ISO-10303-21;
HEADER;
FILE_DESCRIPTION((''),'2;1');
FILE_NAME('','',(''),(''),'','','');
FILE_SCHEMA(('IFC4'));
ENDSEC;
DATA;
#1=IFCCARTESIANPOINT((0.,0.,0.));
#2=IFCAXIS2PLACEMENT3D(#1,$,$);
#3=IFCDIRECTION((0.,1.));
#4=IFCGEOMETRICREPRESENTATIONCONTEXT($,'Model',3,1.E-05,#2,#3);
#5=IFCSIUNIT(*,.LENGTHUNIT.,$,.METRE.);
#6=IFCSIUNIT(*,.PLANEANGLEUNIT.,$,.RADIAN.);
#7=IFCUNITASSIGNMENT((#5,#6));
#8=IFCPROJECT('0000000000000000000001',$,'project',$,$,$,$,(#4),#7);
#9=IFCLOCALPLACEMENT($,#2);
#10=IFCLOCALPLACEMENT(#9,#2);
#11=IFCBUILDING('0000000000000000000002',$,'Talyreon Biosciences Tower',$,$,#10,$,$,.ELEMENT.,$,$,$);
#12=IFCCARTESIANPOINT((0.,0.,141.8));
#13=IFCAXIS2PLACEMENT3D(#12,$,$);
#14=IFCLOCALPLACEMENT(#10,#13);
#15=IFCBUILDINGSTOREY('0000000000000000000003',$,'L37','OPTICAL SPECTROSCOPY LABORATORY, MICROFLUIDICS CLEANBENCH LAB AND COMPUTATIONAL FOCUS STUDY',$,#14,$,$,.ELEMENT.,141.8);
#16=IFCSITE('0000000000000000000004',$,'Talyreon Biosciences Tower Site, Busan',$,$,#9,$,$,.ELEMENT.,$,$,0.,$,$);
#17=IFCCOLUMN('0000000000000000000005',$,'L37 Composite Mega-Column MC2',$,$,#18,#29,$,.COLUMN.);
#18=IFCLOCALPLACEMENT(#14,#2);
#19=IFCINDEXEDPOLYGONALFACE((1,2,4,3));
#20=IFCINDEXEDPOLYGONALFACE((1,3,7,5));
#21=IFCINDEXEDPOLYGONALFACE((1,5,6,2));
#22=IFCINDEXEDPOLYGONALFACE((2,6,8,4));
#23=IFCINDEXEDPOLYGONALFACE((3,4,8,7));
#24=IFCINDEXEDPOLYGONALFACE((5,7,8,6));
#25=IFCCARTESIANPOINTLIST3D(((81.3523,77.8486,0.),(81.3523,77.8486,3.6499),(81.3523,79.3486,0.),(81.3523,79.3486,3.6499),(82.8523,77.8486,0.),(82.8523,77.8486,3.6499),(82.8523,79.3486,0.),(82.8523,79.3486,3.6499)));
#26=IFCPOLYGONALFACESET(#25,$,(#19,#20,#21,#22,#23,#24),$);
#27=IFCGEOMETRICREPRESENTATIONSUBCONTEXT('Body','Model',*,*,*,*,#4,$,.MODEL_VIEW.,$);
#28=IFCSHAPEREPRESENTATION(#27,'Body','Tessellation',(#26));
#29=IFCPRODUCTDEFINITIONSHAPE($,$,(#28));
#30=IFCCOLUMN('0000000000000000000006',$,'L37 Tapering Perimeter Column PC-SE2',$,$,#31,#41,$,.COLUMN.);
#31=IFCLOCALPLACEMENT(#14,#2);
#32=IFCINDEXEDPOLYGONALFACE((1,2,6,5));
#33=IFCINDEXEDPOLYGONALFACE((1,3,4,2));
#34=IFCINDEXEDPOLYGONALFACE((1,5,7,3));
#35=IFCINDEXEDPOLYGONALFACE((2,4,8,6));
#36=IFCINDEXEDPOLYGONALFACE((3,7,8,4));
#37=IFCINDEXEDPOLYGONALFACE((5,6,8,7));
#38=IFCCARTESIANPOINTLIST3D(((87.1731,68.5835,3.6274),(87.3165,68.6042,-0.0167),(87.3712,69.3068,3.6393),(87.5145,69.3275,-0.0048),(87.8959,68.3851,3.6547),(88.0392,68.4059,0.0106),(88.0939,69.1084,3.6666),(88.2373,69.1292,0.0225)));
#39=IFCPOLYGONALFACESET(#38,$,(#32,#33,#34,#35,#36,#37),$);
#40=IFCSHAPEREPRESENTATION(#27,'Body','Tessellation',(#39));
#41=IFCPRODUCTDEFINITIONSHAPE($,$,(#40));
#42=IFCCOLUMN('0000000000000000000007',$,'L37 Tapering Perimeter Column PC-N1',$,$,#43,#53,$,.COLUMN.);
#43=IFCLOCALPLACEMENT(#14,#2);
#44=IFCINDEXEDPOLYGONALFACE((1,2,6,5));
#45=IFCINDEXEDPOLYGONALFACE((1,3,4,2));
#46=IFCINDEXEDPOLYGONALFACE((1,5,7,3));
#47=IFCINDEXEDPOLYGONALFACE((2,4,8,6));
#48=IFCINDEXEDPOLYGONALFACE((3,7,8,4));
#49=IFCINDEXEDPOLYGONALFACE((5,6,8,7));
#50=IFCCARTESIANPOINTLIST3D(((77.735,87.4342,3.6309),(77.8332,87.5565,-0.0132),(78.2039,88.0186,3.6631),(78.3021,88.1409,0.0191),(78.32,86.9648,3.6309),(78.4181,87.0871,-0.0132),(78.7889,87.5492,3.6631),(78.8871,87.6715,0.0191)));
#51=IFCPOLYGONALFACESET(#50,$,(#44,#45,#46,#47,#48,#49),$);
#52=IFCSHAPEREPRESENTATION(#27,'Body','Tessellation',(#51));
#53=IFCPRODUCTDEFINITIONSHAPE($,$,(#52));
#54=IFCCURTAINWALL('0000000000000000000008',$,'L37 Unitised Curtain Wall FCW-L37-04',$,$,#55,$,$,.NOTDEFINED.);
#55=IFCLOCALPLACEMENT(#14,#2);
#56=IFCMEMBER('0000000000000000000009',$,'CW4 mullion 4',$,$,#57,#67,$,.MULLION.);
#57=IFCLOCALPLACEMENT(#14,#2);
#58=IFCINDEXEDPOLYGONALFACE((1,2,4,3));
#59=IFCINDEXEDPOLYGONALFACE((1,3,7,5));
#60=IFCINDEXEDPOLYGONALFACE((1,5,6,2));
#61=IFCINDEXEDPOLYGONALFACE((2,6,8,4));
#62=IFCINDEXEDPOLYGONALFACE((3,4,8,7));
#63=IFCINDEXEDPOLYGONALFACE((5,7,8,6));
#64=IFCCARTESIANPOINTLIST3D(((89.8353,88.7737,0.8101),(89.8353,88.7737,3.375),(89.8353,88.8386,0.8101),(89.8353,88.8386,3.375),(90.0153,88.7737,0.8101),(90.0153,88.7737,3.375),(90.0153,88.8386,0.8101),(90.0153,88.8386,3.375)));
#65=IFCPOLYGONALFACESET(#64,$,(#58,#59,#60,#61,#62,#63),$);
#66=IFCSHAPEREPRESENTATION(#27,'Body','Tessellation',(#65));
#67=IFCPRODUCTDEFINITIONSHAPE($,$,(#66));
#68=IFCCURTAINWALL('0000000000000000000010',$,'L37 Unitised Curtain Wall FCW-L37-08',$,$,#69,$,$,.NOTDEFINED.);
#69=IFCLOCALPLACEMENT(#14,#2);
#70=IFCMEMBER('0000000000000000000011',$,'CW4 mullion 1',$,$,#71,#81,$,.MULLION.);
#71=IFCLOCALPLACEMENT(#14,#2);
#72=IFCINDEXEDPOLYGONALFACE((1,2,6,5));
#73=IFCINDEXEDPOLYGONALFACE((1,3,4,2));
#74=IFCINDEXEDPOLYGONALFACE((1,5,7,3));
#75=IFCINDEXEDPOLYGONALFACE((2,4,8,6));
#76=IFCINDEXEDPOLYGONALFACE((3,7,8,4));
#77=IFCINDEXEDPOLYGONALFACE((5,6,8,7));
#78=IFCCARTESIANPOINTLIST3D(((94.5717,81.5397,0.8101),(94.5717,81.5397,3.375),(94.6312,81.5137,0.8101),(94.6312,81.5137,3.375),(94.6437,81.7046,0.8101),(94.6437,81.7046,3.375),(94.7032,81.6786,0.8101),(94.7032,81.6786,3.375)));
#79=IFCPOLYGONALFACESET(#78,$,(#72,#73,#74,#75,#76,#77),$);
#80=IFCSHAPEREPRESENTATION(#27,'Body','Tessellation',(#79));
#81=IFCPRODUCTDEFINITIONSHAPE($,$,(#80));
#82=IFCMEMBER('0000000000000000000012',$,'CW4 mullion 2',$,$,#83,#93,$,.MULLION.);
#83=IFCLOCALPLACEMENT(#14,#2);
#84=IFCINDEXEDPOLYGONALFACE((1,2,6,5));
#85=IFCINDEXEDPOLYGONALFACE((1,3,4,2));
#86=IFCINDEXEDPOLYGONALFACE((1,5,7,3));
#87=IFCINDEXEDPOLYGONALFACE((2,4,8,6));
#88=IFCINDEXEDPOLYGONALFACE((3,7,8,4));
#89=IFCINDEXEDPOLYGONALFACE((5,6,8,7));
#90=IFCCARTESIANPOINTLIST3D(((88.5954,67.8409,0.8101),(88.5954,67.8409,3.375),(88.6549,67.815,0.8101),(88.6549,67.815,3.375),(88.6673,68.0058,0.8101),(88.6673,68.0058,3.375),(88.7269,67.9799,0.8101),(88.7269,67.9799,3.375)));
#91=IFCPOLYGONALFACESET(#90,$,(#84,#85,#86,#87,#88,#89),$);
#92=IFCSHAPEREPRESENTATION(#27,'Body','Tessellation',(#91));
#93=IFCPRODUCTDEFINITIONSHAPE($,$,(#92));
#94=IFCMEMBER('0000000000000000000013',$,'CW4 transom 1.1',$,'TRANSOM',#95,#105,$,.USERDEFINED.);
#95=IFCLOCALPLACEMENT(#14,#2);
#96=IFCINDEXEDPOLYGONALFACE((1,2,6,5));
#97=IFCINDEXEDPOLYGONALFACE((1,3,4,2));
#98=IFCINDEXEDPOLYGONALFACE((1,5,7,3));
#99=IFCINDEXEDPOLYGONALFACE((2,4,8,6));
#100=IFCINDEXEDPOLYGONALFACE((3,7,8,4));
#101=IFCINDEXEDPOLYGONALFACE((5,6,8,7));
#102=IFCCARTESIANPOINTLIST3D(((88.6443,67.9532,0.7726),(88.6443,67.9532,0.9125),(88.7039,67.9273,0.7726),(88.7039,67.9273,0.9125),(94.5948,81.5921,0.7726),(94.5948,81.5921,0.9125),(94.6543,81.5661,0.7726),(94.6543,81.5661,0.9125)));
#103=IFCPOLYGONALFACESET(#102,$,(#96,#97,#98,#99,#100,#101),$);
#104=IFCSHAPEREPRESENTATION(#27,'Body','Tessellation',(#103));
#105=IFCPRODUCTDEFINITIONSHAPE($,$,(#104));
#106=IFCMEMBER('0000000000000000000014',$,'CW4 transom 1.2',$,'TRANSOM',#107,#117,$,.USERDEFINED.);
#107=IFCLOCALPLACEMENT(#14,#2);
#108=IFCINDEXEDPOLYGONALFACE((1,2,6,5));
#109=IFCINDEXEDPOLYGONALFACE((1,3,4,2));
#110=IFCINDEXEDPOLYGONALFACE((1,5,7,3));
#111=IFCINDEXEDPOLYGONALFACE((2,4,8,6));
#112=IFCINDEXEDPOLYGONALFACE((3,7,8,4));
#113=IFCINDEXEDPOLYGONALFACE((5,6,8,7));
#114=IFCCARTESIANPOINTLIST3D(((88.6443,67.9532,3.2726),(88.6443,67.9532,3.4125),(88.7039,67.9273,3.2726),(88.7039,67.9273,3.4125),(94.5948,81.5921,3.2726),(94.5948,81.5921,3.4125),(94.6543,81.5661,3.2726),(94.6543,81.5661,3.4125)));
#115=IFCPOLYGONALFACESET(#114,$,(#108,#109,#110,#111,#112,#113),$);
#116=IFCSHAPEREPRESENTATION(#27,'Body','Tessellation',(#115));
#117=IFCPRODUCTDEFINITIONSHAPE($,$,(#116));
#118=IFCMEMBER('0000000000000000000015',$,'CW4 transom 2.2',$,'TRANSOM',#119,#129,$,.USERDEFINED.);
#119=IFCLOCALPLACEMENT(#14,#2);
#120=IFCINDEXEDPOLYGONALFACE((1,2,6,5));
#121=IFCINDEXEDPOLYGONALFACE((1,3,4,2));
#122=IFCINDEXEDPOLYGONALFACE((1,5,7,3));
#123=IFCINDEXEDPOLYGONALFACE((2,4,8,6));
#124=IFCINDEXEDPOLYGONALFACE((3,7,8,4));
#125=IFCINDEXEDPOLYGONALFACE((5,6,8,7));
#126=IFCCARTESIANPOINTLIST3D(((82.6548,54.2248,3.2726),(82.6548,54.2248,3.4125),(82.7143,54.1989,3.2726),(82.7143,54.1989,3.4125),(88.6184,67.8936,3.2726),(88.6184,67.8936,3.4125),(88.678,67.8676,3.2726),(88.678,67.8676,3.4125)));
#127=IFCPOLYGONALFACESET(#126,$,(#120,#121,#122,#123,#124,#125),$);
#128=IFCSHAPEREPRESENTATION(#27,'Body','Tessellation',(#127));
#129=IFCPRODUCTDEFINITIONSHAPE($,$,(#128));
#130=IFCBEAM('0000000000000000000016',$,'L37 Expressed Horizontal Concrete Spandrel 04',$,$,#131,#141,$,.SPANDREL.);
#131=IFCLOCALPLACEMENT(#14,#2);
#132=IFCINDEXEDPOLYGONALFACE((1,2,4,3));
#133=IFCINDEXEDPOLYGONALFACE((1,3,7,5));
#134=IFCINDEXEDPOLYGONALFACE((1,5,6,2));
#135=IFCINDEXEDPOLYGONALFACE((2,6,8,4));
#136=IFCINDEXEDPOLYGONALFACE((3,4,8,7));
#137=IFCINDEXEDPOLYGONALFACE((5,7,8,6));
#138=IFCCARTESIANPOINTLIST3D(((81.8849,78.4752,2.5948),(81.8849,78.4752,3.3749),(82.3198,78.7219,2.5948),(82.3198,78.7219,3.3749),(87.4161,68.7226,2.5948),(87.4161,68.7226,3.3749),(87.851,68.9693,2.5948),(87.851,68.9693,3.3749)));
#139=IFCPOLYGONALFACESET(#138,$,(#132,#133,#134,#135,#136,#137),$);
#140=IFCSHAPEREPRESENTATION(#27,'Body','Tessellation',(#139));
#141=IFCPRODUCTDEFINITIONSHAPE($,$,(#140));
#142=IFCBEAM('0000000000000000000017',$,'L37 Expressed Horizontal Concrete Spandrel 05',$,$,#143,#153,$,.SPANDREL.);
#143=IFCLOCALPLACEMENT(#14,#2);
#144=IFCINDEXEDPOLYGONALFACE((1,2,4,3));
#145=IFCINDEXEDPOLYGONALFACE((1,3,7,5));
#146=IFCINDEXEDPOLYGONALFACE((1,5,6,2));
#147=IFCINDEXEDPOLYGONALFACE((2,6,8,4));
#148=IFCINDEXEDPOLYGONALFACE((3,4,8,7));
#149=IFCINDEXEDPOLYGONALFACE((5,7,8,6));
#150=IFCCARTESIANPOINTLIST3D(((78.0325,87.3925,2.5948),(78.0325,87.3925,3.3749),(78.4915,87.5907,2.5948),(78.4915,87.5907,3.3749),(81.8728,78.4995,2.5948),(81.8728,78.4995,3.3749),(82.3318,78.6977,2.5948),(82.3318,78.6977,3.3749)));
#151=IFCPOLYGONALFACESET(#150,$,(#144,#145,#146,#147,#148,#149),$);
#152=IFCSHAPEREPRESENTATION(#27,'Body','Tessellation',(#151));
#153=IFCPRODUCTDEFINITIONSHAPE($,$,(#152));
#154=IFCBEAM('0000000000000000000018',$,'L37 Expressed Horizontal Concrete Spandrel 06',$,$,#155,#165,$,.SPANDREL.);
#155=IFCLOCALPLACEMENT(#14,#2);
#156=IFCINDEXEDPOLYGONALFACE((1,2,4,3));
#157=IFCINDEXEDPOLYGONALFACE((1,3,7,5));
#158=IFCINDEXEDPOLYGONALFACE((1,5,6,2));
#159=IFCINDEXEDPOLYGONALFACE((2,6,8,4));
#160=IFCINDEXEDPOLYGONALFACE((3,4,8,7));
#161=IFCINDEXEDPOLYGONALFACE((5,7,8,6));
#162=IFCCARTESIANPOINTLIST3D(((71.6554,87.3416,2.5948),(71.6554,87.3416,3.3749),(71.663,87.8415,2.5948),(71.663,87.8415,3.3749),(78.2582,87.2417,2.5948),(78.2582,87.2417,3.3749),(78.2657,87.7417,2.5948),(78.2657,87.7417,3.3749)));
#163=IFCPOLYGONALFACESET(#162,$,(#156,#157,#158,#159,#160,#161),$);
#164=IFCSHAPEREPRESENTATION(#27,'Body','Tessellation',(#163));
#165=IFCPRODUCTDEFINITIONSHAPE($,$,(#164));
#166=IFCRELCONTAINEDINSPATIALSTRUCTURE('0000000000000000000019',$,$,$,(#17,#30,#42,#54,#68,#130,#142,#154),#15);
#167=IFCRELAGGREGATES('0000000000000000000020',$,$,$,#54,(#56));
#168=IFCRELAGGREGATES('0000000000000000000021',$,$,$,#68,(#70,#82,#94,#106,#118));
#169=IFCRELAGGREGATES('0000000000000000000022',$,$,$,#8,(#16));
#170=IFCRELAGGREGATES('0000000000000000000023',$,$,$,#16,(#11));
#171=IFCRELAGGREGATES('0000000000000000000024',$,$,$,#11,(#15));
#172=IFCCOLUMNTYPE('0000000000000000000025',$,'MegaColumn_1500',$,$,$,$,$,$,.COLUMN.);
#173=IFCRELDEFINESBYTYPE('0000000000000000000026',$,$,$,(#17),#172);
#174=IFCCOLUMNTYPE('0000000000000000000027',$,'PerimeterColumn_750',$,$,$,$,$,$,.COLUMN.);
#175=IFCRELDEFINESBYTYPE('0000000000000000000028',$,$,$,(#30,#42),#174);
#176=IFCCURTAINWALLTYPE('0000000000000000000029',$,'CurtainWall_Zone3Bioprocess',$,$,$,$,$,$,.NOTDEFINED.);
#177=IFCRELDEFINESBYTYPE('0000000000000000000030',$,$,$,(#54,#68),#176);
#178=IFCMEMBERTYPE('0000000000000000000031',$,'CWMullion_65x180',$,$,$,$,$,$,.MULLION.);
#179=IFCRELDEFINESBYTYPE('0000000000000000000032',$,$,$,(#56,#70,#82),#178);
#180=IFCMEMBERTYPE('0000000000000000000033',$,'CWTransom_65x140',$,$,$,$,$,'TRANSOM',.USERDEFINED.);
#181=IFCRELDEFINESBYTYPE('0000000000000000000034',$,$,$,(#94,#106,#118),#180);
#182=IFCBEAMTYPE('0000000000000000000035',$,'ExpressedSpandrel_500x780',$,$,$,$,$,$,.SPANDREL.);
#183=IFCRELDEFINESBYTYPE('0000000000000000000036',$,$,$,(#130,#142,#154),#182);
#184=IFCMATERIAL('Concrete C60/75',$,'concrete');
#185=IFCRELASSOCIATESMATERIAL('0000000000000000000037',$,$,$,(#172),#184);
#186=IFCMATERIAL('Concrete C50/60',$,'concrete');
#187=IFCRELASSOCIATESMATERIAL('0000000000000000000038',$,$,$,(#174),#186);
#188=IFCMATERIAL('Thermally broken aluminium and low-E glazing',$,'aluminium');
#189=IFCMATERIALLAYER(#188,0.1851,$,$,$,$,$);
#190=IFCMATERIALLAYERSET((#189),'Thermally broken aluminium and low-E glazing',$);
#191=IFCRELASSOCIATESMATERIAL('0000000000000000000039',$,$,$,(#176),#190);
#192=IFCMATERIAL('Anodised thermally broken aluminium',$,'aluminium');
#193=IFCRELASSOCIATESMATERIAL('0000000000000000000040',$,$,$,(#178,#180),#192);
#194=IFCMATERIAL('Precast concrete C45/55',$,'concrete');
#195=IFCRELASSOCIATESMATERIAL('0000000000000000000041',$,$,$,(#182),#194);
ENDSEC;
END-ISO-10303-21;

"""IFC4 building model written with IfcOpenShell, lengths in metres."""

from ifc_helpers import new_model, si_unit, direction, frame, origin, origin_2d, place, context, subcontext, project, spatial, rectangle, extrude, material, layer, layer_set, material_profile, profile_set, type_object, element, aggregate, save


model = new_model("IFC4")

# Units and contexts
model_context = context("Model", 3, precision=1e-05, world=origin(), true_north=direction((0.0, 1.0)))
body_context = subcontext(model_context, "Body", "Model", "MODEL_VIEW")
ifc_project = project(units=[si_unit("LENGTHUNIT", "METRE"), si_unit("PLANEANGLEUNIT", "RADIAN")], contexts=[model_context])

# Site, building, storey
site_placement = place(None, origin())
site = spatial("IfcSite", under=ifc_project, at=site_placement, Name="Talyreon Biosciences Tower Site, Busan", CompositionType="ELEMENT", RefElevation=0.0)
building_placement = place(site_placement, origin())
building = spatial("IfcBuilding", under=site, at=building_placement, Name="Talyreon Biosciences Tower", CompositionType="ELEMENT")
storey_placement = place(building_placement, frame((0.0, 0.0, 141.8)))
storey = spatial("IfcBuildingStorey", under=building, at=storey_placement, Name="L37", Description="OPTICAL SPECTROSCOPY LABORATORY, MICROFLUIDICS CLEANBENCH LAB AND COMPUTATIONAL FOCUS STUDY", CompositionType="ELEMENT", Elevation=141.8)

# Columns
ifc_material_1 = material(Name="Concrete C60/75", Category="concrete")
ifc_material_profile_1 = material_profile(ifc_material_1, rectangle(XDim=1.5, YDim=1.5, at=origin_2d()), Name="RC 1500x1500")
ifc_profile_set_1 = profile_set([ifc_material_profile_1], Name="Concrete C60/75")
column_type_1 = type_object("IfcColumnType", Name="MegaColumn_1500", PredefinedType="COLUMN", material=ifc_profile_set_1)
column_1_placement = place(storey_placement, frame((82.1023, 78.5986, 0.0), z_axis=(0.0, 0.0, 1.0), x_axis=(1.0, 0.0, 0.0)))
element("IfcColumn", 1, at=column_1_placement, inside=storey, type_object=column_type_1, Name="L37 Composite Mega-Column MC2", PredefinedType="COLUMN", context=body_context, shape_type="SweptSolid", body=[
    extrude(rectangle(XDim=1.5, YDim=1.5, at=origin_2d()), origin(), (0.0, 0.0, 1.0), 3.6499),
])
ifc_material_2 = material(Name="Concrete C50/60", Category="concrete")
ifc_material_profile_2 = material_profile(ifc_material_2, rectangle(XDim=0.75, YDim=0.75, at=origin_2d()), Name="RC 750x750")
ifc_profile_set_2 = profile_set([ifc_material_profile_2], Name="Concrete C50/60")
column_type_2 = type_object("IfcColumnType", Name="PerimeterColumn_750", PredefinedType="COLUMN", material=ifc_profile_set_2)
column_2_placement = place(storey_placement, frame((87.7769, 68.8667, 0.0029), z_axis=(-0.039296, -0.00569, 0.999211), x_axis=(0.963715, -0.264441, 0.036394)))
element("IfcColumn", 2, at=column_2_placement, inside=storey, type_object=column_type_2, Name="L37 Tapering Perimeter Column PC-SE2", PredefinedType="COLUMN", context=body_context, shape_type="SweptSolid", body=[
    extrude(rectangle(XDim=0.75, YDim=0.75, at=origin_2d()), origin(), (0.0, 0.0, 1.0), 3.647),
])
column_3_placement = place(storey_placement, frame((78.3601, 87.614, 0.0029), z_axis=(-0.026908, -0.033535, 0.999075), x_axis=(-0.779957, 0.625834, 0.0)))
element("IfcColumn", 3, at=column_3_placement, inside=storey, type_object=column_type_2, Name="L37 Tapering Perimeter Column PC-N1", PredefinedType="COLUMN", context=body_context, shape_type="SweptSolid", body=[
    extrude(rectangle(XDim=0.75, YDim=0.75, at=origin_2d()), origin(), (0.0, 0.0, 1.0), 3.6475),
])

# Curtain wall, member
ifc_material_3 = material(Name="Thermally broken aluminium and low-E glazing", Category="aluminium")
ifc_layer_1 = layer(ifc_material_3, 0.1851)
ifc_layer_set_1 = layer_set([ifc_layer_1], Name="Thermally broken aluminium and low-E glazing")
curtain_wall_type = type_object("IfcCurtainWallType", Name="CurtainWall_Zone3Bioprocess", PredefinedType="NOTDEFINED", material=ifc_layer_set_1)
curtain_wall_1_placement = place(storey_placement, origin())
curtain_wall_1 = element("IfcCurtainWall", 4, at=curtain_wall_1_placement, inside=storey, type_object=curtain_wall_type, Name="L37 Unitised Curtain Wall FCW-L37-04", PredefinedType="NOTDEFINED")
ifc_material_4 = material(Name="Anodised thermally broken aluminium", Category="aluminium")
ifc_material_profile_3 = material_profile(ifc_material_4, rectangle(XDim=0.0649, YDim=0.1799, at=origin_2d()), Name="ALUM MULLION 65x180")
ifc_profile_set_3 = profile_set([ifc_material_profile_3], Name="Anodised thermally broken aluminium")
member_type_1 = type_object("IfcMemberType", Name="CWMullion_65x180", PredefinedType="MULLION", material=ifc_profile_set_3)
member_1_placement = place(storey_placement, frame((89.9253, 88.8062, 0.8101), z_axis=(0.0, 0.0, 1.0), x_axis=(0.0, 1.0, 0.0)))
member_1 = element("IfcMember", 5, at=member_1_placement, type_object=member_type_1, Name="CW4 mullion 4", PredefinedType="MULLION", context=body_context, shape_type="SweptSolid", body=[
    extrude(rectangle(XDim=0.0649, YDim=0.1799, at=origin_2d()), origin(), (0.0, 0.0, 1.0), 2.5649),
])

# Curtain wall, members
curtain_wall_2_placement = place(storey_placement, origin())
curtain_wall_2 = element("IfcCurtainWall", 6, at=curtain_wall_2_placement, inside=storey, type_object=curtain_wall_type, Name="L37 Unitised Curtain Wall FCW-L37-08", PredefinedType="NOTDEFINED")
member_2_placement = place(storey_placement, frame((94.6375, 81.6091, 0.8101), z_axis=(0.0, 0.0, 1.0), x_axis=(0.916566, -0.399882, 0.0)))
member_2 = element("IfcMember", 7, at=member_2_placement, type_object=member_type_1, Name="CW4 mullion 1", PredefinedType="MULLION", context=body_context, shape_type="SweptSolid", body=[
    extrude(rectangle(XDim=0.0649, YDim=0.1799, at=origin_2d()), origin(), (0.0, 0.0, 1.0), 2.5649),
])
member_3_placement = place(storey_placement, frame((88.6611, 67.9104, 0.8101), z_axis=(0.0, 0.0, 1.0), x_axis=(0.916566, -0.399882, 0.0)))
member_3 = element("IfcMember", 8, at=member_3_placement, type_object=member_type_1, Name="CW4 mullion 2", PredefinedType="MULLION", context=body_context, shape_type="SweptSolid", body=[
    extrude(rectangle(XDim=0.0649, YDim=0.1799, at=origin_2d()), origin(), (0.0, 0.0, 1.0), 2.5649),
])
ifc_material_profile_4 = material_profile(ifc_material_4, rectangle(XDim=0.0649, YDim=0.1399, at=origin_2d()), Name="ALUM TRANSOM 65x140")
ifc_profile_set_4 = profile_set([ifc_material_profile_4], Name="Anodised thermally broken aluminium")
member_type_2 = type_object("IfcMemberType", Name="CWTransom_65x140", ElementType="TRANSOM", PredefinedType="USERDEFINED", material=ifc_profile_set_4)
member_4_placement = place(storey_placement, frame((94.6245, 81.5791, 0.8425), z_axis=(-0.399883, -0.916566, 0.0), x_axis=(0.916566, -0.399883, 0.0)))
member_4 = element("IfcMember", 9, at=member_4_placement, type_object=member_type_2, Name="CW4 transom 1.1", ObjectType="TRANSOM", PredefinedType="USERDEFINED", context=body_context, shape_type="SweptSolid", body=[
    extrude(rectangle(XDim=0.0649, YDim=0.1399, at=origin_2d()), origin(), (0.0, 0.0, 1.0), 14.8804),
])
member_5_placement = place(storey_placement, frame((94.6245, 81.5791, 3.3425), z_axis=(-0.399883, -0.916566, 0.0), x_axis=(0.916566, -0.399883, 0.0)))
member_5 = element("IfcMember", 10, at=member_5_placement, type_object=member_type_2, Name="CW4 transom 1.2", ObjectType="TRANSOM", PredefinedType="USERDEFINED", context=body_context, shape_type="SweptSolid", body=[
    extrude(rectangle(XDim=0.0649, YDim=0.1399, at=origin_2d()), origin(), (0.0, 0.0, 1.0), 14.8804),
])
member_6_placement = place(storey_placement, frame((88.6482, 67.8806, 3.3425), z_axis=(-0.399894, -0.916562, 0.0), x_axis=(0.916562, -0.399894, 0.0)))
member_6 = element("IfcMember", 11, at=member_6_placement, type_object=member_type_2, Name="CW4 transom 2.2", ObjectType="TRANSOM", PredefinedType="USERDEFINED", context=body_context, shape_type="SweptSolid", body=[
    extrude(rectangle(XDim=0.0649, YDim=0.1399, at=origin_2d()), origin(), (0.0, 0.0, 1.0), 14.9131),
])

# Beams
ifc_material_5 = material(Name="Precast concrete C45/55", Category="concrete")
ifc_material_profile_5 = material_profile(ifc_material_5, rectangle(XDim=0.5, YDim=0.78, at=origin_2d()), Name="RCB 500x780")
ifc_profile_set_5 = profile_set([ifc_material_profile_5], Name="Precast concrete C45/55")
beam_type_1 = type_object("IfcBeamType", Name="ExpressedSpandrel_500x780", PredefinedType="SPANDREL", material=ifc_profile_set_5)
beam_1_placement = place(storey_placement, frame((87.6335, 68.8459, 2.9849), z_axis=(-0.493332, 0.869841, 0.0), x_axis=(-0.869841, -0.493332, 0.0)))
element("IfcBeam", 12, at=beam_1_placement, inside=storey, type_object=beam_type_1, Name="L37 Expressed Horizontal Concrete Spandrel 04", PredefinedType="SPANDREL", context=body_context, shape_type="SweptSolid", body=[
    extrude(rectangle(XDim=0.5, YDim=0.78, at=origin_2d()), origin(), (0.0, 0.0, 1.0), 11.2119),
])
beam_2_placement = place(storey_placement, frame((82.1023, 78.5986, 2.9849), z_axis=(-0.396449, 0.918057, 0.0), x_axis=(-0.918057, -0.396449, 0.0)))
element("IfcBeam", 13, at=beam_2_placement, inside=storey, type_object=beam_type_1, Name="L37 Expressed Horizontal Concrete Spandrel 05", PredefinedType="SPANDREL", context=body_context, shape_type="SweptSolid", body=[
    extrude(rectangle(XDim=0.5, YDim=0.78, at=origin_2d()), origin(), (0.0, 0.0, 1.0), 9.6868),
])
beam_3_placement = place(storey_placement, frame((78.262, 87.4917, 2.9849), z_axis=(-0.999886, 0.015121, 0.0), x_axis=(-0.015121, -0.999886, 0.0)))
element("IfcBeam", 14, at=beam_3_placement, inside=storey, type_object=beam_type_1, Name="L37 Expressed Horizontal Concrete Spandrel 06", PredefinedType="SPANDREL", context=body_context, shape_type="SweptSolid", body=[
    extrude(rectangle(XDim=0.5, YDim=0.78, at=origin_2d()), origin(), (0.0, 0.0, 1.0), 6.6035),
])

aggregate(curtain_wall_1, [member_1])
aggregate(curtain_wall_2, [member_2, member_3, member_4, member_5, member_6])

save(model, "model.ifc")
